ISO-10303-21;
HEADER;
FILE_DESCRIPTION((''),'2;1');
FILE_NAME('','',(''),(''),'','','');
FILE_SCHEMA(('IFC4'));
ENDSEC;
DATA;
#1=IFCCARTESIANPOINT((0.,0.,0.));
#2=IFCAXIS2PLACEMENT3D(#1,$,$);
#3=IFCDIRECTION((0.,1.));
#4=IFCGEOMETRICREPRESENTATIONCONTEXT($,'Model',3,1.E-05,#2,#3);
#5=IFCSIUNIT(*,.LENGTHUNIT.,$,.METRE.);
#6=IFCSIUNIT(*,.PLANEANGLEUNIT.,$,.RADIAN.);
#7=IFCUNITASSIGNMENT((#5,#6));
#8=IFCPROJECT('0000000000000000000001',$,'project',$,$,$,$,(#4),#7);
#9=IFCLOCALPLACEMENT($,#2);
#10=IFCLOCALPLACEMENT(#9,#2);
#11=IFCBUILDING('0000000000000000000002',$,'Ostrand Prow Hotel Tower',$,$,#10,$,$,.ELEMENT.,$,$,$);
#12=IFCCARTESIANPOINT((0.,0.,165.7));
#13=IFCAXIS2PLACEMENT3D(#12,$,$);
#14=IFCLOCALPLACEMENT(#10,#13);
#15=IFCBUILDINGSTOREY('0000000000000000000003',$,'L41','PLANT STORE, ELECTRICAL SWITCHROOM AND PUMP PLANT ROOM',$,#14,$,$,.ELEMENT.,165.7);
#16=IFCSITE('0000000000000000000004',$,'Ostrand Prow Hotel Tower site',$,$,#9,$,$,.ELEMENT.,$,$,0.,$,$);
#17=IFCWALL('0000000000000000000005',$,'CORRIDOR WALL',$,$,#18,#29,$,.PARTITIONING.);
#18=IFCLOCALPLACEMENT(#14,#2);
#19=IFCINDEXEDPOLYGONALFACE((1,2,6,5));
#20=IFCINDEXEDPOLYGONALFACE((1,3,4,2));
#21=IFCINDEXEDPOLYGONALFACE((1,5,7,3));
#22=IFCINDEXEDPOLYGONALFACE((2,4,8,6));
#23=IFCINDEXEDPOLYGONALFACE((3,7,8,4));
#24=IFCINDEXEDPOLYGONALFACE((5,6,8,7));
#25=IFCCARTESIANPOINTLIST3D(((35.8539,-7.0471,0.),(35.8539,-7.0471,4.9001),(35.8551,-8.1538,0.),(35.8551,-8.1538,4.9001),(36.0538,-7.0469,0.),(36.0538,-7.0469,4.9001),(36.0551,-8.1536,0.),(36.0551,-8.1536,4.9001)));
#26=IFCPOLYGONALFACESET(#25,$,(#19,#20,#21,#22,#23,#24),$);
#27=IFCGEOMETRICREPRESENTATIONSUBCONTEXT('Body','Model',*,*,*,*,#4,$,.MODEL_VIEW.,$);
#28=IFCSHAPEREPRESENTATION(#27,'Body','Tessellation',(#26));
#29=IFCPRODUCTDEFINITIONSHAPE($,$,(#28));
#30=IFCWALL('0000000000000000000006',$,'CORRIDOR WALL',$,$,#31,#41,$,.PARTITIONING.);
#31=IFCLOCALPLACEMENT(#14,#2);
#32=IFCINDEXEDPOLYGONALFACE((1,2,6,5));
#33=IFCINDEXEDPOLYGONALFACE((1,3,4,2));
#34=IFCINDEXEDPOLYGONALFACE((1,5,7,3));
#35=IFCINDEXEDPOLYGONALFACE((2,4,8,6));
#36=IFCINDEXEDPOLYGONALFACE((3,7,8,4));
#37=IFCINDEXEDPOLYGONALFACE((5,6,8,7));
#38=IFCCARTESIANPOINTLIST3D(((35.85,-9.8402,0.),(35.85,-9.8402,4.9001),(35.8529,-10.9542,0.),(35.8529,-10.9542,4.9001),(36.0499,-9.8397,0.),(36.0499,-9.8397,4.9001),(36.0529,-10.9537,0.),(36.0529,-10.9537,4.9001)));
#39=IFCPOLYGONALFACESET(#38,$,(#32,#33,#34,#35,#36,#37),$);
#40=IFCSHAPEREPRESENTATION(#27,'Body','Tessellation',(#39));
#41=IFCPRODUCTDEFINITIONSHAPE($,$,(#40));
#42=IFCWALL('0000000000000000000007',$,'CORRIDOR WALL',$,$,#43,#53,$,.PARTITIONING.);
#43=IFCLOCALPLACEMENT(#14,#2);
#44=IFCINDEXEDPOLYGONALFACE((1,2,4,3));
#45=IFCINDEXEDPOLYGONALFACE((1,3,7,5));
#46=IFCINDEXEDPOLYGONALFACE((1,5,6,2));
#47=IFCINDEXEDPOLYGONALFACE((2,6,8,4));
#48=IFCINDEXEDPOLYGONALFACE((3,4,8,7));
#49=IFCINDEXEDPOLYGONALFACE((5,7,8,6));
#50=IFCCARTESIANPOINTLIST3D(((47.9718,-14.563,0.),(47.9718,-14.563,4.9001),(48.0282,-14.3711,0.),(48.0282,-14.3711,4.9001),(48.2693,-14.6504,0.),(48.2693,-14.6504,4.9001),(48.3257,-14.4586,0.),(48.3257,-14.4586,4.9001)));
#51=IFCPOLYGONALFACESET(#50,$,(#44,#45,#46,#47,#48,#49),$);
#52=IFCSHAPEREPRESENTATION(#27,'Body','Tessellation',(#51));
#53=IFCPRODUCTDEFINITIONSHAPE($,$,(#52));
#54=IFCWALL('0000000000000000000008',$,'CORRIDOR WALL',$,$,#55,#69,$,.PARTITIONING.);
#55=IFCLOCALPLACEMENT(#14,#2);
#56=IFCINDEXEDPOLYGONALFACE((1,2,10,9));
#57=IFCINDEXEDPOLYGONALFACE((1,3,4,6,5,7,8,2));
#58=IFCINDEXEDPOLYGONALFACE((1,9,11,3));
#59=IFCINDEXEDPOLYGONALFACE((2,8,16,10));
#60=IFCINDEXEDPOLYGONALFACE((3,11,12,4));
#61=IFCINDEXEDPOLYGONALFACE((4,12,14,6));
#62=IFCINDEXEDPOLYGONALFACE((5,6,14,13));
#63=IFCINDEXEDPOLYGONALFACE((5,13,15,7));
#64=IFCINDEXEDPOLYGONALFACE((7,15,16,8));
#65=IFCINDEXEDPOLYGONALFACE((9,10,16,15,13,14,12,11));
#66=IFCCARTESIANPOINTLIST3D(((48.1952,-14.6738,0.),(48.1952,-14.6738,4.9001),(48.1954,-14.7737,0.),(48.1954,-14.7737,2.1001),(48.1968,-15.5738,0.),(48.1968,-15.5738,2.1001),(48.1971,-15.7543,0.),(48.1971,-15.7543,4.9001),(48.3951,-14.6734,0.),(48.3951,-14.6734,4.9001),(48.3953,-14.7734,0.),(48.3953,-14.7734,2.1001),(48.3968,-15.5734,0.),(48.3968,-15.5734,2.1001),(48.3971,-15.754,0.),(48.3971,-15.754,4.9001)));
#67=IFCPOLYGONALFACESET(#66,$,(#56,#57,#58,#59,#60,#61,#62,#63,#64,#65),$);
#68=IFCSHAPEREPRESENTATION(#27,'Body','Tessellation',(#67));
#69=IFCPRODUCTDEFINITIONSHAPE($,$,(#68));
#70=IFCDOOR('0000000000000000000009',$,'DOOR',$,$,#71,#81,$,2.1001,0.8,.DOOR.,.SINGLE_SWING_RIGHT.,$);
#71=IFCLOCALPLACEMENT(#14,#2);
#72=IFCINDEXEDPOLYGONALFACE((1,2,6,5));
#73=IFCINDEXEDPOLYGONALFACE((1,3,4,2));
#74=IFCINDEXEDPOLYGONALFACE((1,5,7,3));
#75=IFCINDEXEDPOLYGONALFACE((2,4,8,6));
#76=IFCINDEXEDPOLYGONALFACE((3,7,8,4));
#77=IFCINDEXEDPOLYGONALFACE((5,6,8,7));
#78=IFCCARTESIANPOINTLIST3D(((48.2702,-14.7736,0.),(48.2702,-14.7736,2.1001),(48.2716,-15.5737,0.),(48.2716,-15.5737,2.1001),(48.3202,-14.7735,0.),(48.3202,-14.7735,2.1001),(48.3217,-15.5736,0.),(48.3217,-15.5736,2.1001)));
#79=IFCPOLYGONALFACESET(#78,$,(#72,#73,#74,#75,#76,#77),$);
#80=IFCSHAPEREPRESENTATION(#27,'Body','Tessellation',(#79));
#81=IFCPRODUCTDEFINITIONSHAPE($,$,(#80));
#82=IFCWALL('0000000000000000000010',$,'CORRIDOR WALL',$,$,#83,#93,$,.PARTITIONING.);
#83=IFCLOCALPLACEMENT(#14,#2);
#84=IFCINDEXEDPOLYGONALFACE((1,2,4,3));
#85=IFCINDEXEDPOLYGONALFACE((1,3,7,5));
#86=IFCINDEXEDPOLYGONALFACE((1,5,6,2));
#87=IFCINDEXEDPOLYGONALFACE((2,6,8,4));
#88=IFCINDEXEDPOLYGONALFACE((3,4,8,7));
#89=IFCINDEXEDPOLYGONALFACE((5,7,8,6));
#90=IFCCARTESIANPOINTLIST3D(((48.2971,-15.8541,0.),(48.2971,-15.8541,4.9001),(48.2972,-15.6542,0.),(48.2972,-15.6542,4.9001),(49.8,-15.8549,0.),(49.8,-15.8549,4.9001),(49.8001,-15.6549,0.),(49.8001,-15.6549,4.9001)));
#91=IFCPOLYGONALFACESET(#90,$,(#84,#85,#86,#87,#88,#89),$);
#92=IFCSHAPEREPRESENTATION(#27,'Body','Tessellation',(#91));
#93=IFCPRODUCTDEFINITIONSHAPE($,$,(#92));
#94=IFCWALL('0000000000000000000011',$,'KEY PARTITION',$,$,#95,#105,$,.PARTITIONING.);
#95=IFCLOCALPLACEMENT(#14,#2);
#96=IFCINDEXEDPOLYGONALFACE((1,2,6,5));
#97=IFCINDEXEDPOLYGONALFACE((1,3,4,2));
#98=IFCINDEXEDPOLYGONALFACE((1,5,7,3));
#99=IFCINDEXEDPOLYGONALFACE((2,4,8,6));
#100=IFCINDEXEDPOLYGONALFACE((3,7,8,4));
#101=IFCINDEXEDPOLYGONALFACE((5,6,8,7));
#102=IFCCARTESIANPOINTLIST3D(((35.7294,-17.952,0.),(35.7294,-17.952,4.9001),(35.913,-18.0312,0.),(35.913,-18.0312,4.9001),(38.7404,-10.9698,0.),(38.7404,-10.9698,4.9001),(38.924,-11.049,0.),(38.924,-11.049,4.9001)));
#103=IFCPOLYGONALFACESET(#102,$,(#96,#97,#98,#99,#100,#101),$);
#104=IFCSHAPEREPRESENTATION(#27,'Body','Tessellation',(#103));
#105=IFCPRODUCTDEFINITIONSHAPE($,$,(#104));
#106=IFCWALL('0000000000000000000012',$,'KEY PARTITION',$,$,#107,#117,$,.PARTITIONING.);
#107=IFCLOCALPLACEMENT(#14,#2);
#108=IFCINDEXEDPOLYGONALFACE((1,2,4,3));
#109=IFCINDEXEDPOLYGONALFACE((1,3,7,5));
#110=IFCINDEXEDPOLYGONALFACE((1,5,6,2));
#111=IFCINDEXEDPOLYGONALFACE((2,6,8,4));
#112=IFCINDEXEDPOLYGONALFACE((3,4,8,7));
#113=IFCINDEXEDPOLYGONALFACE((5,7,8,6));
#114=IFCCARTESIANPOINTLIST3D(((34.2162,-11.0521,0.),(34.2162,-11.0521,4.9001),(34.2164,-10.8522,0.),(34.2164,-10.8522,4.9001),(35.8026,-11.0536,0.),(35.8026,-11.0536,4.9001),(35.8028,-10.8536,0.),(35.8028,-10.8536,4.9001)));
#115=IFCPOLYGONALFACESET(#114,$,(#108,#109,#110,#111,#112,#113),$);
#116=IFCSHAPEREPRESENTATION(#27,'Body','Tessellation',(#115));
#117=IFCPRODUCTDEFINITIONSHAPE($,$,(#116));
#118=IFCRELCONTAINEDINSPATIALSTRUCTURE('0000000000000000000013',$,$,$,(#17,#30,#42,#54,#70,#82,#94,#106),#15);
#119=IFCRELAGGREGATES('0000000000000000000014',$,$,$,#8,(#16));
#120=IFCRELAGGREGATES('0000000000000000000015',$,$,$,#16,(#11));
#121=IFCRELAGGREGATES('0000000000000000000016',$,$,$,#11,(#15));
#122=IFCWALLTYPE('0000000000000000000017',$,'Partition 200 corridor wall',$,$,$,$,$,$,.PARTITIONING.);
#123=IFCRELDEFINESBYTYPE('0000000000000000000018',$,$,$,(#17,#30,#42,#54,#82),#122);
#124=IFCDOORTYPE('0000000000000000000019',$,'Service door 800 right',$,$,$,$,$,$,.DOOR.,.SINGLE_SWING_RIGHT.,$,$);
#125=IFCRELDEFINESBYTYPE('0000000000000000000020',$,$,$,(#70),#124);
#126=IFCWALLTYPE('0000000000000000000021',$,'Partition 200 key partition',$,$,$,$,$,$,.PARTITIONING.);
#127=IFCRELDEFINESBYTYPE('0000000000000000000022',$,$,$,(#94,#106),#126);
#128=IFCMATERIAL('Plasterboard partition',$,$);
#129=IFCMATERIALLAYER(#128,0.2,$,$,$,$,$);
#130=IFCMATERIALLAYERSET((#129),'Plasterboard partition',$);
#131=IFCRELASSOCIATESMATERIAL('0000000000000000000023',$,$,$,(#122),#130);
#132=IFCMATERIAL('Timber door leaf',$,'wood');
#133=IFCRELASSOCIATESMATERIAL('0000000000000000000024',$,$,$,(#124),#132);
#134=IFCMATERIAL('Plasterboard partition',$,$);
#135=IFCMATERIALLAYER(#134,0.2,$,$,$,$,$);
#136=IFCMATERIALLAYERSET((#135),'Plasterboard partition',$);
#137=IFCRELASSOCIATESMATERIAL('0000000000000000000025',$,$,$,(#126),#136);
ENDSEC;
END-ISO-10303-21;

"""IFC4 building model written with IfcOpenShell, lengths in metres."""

from ifc_helpers import new_model, si_unit, direction, frame, frame_2d, origin, place, context, subcontext, project, spatial, rectangle, extrude, material, layer, layer_set, type_object, element, fill, save


model = new_model("IFC4")

# Units and contexts
model_context = context("Model", 3, precision=1e-05, world=origin(), true_north=direction((0.0, 1.0)))
body_context = subcontext(model_context, "Body", "Model", "MODEL_VIEW")
ifc_project = project(units=[si_unit("LENGTHUNIT", "METRE"), si_unit("PLANEANGLEUNIT", "RADIAN")], contexts=[model_context])

# Site, building, storey
site_placement = place(None, origin())
site = spatial("IfcSite", under=ifc_project, at=site_placement, Name="Ostrand Prow Hotel Tower site", CompositionType="ELEMENT", RefElevation=0.0)
building_placement = place(site_placement, origin())
building = spatial("IfcBuilding", under=site, at=building_placement, Name="Ostrand Prow Hotel Tower", CompositionType="ELEMENT")
storey_placement = place(building_placement, frame((0.0, 0.0, 165.7)))
storey = spatial("IfcBuildingStorey", under=building, at=storey_placement, Name="L41", Description="PLANT STORE, ELECTRICAL SWITCHROOM AND PUMP PLANT ROOM", CompositionType="ELEMENT", Elevation=165.7)

# Shared definitions
ifc_material_1 = material(Name="Plasterboard partition")
ifc_layer_1 = layer(ifc_material_1, 0.2)
ifc_layer_set_1 = layer_set([ifc_layer_1], Name="Plasterboard partition")
wall_type_1 = type_object("IfcWallType", Name="Partition 200 corridor wall", PredefinedType="PARTITIONING", material=ifc_layer_set_1)

# Walls
wall_1_placement = place(storey_placement, frame((35.9551, -8.1536, 0.0), z_axis=(0.0, 0.0, 1.0), x_axis=(-0.001103, 0.999999, 0.0)))
element("IfcWall", 1, at=wall_1_placement, inside=storey, type_object=wall_type_1, Name="CORRIDOR WALL", PredefinedType="PARTITIONING", context=body_context, shape_type="SweptSolid", body=[
    extrude(rectangle(XDim=1.1067, YDim=0.2, at=frame_2d((0.5532, 0.0))), origin(), (0.0, 0.0, 1.0), 4.9001),
])
wall_2_placement = place(storey_placement, frame((35.9529, -10.9541, 0.0), z_axis=(0.0, 0.0, 1.0), x_axis=(-0.00263, 0.999997, 0.0)))
element("IfcWall", 2, at=wall_2_placement, inside=storey, type_object=wall_type_1, Name="CORRIDOR WALL", PredefinedType="PARTITIONING", context=body_context, shape_type="SweptSolid", body=[
    extrude(rectangle(XDim=1.114, YDim=0.2, at=frame_2d((0.5571, 0.0))), origin(), (0.0, 0.0, 1.0), 4.9001),
])
wall_3_placement = place(storey_placement, frame((48.0, -14.467, 0.0), z_axis=(0.0, 0.0, 1.0), x_axis=(0.959416, -0.281996, 0.0)))
element("IfcWall", 3, at=wall_3_placement, inside=storey, type_object=wall_type_1, Name="CORRIDOR WALL", PredefinedType="PARTITIONING", context=body_context, shape_type="SweptSolid", body=[
    extrude(rectangle(XDim=0.3101, YDim=0.2, at=frame_2d((0.155, 0.0))), origin(), (0.0, 0.0, 1.0), 4.9001),
])

# Wall, opening, door
wall_4_placement = place(storey_placement, frame((48.2952, -14.6736, 0.0), z_axis=(0.0, 0.0, 1.0), x_axis=(0.001807, -0.999998, 0.0)))
wall_4 = element("IfcWall", 4, at=wall_4_placement, inside=storey, type_object=wall_type_1, Name="CORRIDOR WALL", PredefinedType="PARTITIONING", context=body_context, shape_type="SweptSolid", body=[
    extrude(rectangle(XDim=1.0806, YDim=0.2, at=frame_2d((0.5403, 0.0))), origin(), (0.0, 0.0, 1.0), 4.9001),
])
opening_1_placement = place(wall_4_placement, frame((0.1001, 0.0, 0.0)))
opening_1 = element("IfcOpeningElement", 5, at=opening_1_placement, cuts=wall_4, PredefinedType="OPENING", context=body_context, shape_type="SweptSolid", body=[
    extrude(rectangle(XDim=0.8, YDim=2.1001, at=frame_2d((0.3999, 1.05))), frame((0.0, 0.1099, 0.0), z_axis=(0.0, -1.0, 0.0), x_axis=(1.0, 0.0, 0.0)), (0.0, 0.0, 1.0), 0.22),
])
ifc_material_2 = material(Name="Timber door leaf", Category="wood")
door_type_1 = type_object("IfcDoorType", Name="Service door 800 right", OperationType="SINGLE_SWING_RIGHT", PredefinedType="DOOR", material=ifc_material_2)
door_1_placement = place(opening_1_placement, origin())
door_1 = element("IfcDoor", 6, at=door_1_placement, inside=storey, type_object=door_type_1, Name="DOOR", OperationType="SINGLE_SWING_RIGHT", OverallHeight=2.1001, OverallWidth=0.8, PredefinedType="DOOR", context=body_context, shape_type="SweptSolid", body=[
    extrude(rectangle(XDim=0.8, YDim=2.1001, at=frame_2d((0.3999, 1.05))), frame((0.0, 0.0249, 0.0), z_axis=(0.0, -1.0, 0.0), x_axis=(1.0, 0.0, 0.0)), (0.0, 0.0, 1.0), 0.05),
])
fill(opening_1, door_1)

# Walls
wall_5_placement = place(storey_placement, frame((48.2971, -15.7542, 0.0), z_axis=(0.0, 0.0, 1.0), x_axis=(1.0, -0.000487, 0.0)))
element("IfcWall", 7, at=wall_5_placement, inside=storey, type_object=wall_type_1, Name="CORRIDOR WALL", PredefinedType="PARTITIONING", context=body_context, shape_type="SweptSolid", body=[
    extrude(rectangle(XDim=1.5029, YDim=0.2, at=frame_2d((0.7515, 0.0))), origin(), (0.0, 0.0, 1.0), 4.9001),
])
ifc_material_3 = material(Name="Plasterboard partition")
ifc_layer_2 = layer(ifc_material_3, 0.2)
ifc_layer_set_2 = layer_set([ifc_layer_2], Name="Plasterboard partition")
wall_type_2 = type_object("IfcWallType", Name="Partition 200 key partition", PredefinedType="PARTITIONING", material=ifc_layer_set_2)
wall_6_placement = place(storey_placement, frame((35.8213, -17.9915, 0.0), z_axis=(0.0, 0.0, 1.0), x_axis=(0.395988, 0.918256, 0.0)))
element("IfcWall", 8, at=wall_6_placement, inside=storey, type_object=wall_type_2, Name="KEY PARTITION", PredefinedType="PARTITIONING", context=body_context, shape_type="SweptSolid", body=[
    extrude(rectangle(XDim=7.6038, YDim=0.2, at=frame_2d((3.8018, 0.0))), origin(), (0.0, 0.0, 1.0), 4.9001),
])
wall_7_placement = place(storey_placement, frame((35.8027, -10.9536, 0.0), z_axis=(0.0, 0.0, 1.0), x_axis=(-1.0, 0.000923, 0.0)))
element("IfcWall", 9, at=wall_7_placement, inside=storey, type_object=wall_type_2, Name="KEY PARTITION", PredefinedType="PARTITIONING", context=body_context, shape_type="SweptSolid", body=[
    extrude(rectangle(XDim=1.5864, YDim=0.2, at=frame_2d((0.7932, 0.0))), origin(), (0.0, 0.0, 1.0), 4.9001),
])

save(model, "model.ifc")
